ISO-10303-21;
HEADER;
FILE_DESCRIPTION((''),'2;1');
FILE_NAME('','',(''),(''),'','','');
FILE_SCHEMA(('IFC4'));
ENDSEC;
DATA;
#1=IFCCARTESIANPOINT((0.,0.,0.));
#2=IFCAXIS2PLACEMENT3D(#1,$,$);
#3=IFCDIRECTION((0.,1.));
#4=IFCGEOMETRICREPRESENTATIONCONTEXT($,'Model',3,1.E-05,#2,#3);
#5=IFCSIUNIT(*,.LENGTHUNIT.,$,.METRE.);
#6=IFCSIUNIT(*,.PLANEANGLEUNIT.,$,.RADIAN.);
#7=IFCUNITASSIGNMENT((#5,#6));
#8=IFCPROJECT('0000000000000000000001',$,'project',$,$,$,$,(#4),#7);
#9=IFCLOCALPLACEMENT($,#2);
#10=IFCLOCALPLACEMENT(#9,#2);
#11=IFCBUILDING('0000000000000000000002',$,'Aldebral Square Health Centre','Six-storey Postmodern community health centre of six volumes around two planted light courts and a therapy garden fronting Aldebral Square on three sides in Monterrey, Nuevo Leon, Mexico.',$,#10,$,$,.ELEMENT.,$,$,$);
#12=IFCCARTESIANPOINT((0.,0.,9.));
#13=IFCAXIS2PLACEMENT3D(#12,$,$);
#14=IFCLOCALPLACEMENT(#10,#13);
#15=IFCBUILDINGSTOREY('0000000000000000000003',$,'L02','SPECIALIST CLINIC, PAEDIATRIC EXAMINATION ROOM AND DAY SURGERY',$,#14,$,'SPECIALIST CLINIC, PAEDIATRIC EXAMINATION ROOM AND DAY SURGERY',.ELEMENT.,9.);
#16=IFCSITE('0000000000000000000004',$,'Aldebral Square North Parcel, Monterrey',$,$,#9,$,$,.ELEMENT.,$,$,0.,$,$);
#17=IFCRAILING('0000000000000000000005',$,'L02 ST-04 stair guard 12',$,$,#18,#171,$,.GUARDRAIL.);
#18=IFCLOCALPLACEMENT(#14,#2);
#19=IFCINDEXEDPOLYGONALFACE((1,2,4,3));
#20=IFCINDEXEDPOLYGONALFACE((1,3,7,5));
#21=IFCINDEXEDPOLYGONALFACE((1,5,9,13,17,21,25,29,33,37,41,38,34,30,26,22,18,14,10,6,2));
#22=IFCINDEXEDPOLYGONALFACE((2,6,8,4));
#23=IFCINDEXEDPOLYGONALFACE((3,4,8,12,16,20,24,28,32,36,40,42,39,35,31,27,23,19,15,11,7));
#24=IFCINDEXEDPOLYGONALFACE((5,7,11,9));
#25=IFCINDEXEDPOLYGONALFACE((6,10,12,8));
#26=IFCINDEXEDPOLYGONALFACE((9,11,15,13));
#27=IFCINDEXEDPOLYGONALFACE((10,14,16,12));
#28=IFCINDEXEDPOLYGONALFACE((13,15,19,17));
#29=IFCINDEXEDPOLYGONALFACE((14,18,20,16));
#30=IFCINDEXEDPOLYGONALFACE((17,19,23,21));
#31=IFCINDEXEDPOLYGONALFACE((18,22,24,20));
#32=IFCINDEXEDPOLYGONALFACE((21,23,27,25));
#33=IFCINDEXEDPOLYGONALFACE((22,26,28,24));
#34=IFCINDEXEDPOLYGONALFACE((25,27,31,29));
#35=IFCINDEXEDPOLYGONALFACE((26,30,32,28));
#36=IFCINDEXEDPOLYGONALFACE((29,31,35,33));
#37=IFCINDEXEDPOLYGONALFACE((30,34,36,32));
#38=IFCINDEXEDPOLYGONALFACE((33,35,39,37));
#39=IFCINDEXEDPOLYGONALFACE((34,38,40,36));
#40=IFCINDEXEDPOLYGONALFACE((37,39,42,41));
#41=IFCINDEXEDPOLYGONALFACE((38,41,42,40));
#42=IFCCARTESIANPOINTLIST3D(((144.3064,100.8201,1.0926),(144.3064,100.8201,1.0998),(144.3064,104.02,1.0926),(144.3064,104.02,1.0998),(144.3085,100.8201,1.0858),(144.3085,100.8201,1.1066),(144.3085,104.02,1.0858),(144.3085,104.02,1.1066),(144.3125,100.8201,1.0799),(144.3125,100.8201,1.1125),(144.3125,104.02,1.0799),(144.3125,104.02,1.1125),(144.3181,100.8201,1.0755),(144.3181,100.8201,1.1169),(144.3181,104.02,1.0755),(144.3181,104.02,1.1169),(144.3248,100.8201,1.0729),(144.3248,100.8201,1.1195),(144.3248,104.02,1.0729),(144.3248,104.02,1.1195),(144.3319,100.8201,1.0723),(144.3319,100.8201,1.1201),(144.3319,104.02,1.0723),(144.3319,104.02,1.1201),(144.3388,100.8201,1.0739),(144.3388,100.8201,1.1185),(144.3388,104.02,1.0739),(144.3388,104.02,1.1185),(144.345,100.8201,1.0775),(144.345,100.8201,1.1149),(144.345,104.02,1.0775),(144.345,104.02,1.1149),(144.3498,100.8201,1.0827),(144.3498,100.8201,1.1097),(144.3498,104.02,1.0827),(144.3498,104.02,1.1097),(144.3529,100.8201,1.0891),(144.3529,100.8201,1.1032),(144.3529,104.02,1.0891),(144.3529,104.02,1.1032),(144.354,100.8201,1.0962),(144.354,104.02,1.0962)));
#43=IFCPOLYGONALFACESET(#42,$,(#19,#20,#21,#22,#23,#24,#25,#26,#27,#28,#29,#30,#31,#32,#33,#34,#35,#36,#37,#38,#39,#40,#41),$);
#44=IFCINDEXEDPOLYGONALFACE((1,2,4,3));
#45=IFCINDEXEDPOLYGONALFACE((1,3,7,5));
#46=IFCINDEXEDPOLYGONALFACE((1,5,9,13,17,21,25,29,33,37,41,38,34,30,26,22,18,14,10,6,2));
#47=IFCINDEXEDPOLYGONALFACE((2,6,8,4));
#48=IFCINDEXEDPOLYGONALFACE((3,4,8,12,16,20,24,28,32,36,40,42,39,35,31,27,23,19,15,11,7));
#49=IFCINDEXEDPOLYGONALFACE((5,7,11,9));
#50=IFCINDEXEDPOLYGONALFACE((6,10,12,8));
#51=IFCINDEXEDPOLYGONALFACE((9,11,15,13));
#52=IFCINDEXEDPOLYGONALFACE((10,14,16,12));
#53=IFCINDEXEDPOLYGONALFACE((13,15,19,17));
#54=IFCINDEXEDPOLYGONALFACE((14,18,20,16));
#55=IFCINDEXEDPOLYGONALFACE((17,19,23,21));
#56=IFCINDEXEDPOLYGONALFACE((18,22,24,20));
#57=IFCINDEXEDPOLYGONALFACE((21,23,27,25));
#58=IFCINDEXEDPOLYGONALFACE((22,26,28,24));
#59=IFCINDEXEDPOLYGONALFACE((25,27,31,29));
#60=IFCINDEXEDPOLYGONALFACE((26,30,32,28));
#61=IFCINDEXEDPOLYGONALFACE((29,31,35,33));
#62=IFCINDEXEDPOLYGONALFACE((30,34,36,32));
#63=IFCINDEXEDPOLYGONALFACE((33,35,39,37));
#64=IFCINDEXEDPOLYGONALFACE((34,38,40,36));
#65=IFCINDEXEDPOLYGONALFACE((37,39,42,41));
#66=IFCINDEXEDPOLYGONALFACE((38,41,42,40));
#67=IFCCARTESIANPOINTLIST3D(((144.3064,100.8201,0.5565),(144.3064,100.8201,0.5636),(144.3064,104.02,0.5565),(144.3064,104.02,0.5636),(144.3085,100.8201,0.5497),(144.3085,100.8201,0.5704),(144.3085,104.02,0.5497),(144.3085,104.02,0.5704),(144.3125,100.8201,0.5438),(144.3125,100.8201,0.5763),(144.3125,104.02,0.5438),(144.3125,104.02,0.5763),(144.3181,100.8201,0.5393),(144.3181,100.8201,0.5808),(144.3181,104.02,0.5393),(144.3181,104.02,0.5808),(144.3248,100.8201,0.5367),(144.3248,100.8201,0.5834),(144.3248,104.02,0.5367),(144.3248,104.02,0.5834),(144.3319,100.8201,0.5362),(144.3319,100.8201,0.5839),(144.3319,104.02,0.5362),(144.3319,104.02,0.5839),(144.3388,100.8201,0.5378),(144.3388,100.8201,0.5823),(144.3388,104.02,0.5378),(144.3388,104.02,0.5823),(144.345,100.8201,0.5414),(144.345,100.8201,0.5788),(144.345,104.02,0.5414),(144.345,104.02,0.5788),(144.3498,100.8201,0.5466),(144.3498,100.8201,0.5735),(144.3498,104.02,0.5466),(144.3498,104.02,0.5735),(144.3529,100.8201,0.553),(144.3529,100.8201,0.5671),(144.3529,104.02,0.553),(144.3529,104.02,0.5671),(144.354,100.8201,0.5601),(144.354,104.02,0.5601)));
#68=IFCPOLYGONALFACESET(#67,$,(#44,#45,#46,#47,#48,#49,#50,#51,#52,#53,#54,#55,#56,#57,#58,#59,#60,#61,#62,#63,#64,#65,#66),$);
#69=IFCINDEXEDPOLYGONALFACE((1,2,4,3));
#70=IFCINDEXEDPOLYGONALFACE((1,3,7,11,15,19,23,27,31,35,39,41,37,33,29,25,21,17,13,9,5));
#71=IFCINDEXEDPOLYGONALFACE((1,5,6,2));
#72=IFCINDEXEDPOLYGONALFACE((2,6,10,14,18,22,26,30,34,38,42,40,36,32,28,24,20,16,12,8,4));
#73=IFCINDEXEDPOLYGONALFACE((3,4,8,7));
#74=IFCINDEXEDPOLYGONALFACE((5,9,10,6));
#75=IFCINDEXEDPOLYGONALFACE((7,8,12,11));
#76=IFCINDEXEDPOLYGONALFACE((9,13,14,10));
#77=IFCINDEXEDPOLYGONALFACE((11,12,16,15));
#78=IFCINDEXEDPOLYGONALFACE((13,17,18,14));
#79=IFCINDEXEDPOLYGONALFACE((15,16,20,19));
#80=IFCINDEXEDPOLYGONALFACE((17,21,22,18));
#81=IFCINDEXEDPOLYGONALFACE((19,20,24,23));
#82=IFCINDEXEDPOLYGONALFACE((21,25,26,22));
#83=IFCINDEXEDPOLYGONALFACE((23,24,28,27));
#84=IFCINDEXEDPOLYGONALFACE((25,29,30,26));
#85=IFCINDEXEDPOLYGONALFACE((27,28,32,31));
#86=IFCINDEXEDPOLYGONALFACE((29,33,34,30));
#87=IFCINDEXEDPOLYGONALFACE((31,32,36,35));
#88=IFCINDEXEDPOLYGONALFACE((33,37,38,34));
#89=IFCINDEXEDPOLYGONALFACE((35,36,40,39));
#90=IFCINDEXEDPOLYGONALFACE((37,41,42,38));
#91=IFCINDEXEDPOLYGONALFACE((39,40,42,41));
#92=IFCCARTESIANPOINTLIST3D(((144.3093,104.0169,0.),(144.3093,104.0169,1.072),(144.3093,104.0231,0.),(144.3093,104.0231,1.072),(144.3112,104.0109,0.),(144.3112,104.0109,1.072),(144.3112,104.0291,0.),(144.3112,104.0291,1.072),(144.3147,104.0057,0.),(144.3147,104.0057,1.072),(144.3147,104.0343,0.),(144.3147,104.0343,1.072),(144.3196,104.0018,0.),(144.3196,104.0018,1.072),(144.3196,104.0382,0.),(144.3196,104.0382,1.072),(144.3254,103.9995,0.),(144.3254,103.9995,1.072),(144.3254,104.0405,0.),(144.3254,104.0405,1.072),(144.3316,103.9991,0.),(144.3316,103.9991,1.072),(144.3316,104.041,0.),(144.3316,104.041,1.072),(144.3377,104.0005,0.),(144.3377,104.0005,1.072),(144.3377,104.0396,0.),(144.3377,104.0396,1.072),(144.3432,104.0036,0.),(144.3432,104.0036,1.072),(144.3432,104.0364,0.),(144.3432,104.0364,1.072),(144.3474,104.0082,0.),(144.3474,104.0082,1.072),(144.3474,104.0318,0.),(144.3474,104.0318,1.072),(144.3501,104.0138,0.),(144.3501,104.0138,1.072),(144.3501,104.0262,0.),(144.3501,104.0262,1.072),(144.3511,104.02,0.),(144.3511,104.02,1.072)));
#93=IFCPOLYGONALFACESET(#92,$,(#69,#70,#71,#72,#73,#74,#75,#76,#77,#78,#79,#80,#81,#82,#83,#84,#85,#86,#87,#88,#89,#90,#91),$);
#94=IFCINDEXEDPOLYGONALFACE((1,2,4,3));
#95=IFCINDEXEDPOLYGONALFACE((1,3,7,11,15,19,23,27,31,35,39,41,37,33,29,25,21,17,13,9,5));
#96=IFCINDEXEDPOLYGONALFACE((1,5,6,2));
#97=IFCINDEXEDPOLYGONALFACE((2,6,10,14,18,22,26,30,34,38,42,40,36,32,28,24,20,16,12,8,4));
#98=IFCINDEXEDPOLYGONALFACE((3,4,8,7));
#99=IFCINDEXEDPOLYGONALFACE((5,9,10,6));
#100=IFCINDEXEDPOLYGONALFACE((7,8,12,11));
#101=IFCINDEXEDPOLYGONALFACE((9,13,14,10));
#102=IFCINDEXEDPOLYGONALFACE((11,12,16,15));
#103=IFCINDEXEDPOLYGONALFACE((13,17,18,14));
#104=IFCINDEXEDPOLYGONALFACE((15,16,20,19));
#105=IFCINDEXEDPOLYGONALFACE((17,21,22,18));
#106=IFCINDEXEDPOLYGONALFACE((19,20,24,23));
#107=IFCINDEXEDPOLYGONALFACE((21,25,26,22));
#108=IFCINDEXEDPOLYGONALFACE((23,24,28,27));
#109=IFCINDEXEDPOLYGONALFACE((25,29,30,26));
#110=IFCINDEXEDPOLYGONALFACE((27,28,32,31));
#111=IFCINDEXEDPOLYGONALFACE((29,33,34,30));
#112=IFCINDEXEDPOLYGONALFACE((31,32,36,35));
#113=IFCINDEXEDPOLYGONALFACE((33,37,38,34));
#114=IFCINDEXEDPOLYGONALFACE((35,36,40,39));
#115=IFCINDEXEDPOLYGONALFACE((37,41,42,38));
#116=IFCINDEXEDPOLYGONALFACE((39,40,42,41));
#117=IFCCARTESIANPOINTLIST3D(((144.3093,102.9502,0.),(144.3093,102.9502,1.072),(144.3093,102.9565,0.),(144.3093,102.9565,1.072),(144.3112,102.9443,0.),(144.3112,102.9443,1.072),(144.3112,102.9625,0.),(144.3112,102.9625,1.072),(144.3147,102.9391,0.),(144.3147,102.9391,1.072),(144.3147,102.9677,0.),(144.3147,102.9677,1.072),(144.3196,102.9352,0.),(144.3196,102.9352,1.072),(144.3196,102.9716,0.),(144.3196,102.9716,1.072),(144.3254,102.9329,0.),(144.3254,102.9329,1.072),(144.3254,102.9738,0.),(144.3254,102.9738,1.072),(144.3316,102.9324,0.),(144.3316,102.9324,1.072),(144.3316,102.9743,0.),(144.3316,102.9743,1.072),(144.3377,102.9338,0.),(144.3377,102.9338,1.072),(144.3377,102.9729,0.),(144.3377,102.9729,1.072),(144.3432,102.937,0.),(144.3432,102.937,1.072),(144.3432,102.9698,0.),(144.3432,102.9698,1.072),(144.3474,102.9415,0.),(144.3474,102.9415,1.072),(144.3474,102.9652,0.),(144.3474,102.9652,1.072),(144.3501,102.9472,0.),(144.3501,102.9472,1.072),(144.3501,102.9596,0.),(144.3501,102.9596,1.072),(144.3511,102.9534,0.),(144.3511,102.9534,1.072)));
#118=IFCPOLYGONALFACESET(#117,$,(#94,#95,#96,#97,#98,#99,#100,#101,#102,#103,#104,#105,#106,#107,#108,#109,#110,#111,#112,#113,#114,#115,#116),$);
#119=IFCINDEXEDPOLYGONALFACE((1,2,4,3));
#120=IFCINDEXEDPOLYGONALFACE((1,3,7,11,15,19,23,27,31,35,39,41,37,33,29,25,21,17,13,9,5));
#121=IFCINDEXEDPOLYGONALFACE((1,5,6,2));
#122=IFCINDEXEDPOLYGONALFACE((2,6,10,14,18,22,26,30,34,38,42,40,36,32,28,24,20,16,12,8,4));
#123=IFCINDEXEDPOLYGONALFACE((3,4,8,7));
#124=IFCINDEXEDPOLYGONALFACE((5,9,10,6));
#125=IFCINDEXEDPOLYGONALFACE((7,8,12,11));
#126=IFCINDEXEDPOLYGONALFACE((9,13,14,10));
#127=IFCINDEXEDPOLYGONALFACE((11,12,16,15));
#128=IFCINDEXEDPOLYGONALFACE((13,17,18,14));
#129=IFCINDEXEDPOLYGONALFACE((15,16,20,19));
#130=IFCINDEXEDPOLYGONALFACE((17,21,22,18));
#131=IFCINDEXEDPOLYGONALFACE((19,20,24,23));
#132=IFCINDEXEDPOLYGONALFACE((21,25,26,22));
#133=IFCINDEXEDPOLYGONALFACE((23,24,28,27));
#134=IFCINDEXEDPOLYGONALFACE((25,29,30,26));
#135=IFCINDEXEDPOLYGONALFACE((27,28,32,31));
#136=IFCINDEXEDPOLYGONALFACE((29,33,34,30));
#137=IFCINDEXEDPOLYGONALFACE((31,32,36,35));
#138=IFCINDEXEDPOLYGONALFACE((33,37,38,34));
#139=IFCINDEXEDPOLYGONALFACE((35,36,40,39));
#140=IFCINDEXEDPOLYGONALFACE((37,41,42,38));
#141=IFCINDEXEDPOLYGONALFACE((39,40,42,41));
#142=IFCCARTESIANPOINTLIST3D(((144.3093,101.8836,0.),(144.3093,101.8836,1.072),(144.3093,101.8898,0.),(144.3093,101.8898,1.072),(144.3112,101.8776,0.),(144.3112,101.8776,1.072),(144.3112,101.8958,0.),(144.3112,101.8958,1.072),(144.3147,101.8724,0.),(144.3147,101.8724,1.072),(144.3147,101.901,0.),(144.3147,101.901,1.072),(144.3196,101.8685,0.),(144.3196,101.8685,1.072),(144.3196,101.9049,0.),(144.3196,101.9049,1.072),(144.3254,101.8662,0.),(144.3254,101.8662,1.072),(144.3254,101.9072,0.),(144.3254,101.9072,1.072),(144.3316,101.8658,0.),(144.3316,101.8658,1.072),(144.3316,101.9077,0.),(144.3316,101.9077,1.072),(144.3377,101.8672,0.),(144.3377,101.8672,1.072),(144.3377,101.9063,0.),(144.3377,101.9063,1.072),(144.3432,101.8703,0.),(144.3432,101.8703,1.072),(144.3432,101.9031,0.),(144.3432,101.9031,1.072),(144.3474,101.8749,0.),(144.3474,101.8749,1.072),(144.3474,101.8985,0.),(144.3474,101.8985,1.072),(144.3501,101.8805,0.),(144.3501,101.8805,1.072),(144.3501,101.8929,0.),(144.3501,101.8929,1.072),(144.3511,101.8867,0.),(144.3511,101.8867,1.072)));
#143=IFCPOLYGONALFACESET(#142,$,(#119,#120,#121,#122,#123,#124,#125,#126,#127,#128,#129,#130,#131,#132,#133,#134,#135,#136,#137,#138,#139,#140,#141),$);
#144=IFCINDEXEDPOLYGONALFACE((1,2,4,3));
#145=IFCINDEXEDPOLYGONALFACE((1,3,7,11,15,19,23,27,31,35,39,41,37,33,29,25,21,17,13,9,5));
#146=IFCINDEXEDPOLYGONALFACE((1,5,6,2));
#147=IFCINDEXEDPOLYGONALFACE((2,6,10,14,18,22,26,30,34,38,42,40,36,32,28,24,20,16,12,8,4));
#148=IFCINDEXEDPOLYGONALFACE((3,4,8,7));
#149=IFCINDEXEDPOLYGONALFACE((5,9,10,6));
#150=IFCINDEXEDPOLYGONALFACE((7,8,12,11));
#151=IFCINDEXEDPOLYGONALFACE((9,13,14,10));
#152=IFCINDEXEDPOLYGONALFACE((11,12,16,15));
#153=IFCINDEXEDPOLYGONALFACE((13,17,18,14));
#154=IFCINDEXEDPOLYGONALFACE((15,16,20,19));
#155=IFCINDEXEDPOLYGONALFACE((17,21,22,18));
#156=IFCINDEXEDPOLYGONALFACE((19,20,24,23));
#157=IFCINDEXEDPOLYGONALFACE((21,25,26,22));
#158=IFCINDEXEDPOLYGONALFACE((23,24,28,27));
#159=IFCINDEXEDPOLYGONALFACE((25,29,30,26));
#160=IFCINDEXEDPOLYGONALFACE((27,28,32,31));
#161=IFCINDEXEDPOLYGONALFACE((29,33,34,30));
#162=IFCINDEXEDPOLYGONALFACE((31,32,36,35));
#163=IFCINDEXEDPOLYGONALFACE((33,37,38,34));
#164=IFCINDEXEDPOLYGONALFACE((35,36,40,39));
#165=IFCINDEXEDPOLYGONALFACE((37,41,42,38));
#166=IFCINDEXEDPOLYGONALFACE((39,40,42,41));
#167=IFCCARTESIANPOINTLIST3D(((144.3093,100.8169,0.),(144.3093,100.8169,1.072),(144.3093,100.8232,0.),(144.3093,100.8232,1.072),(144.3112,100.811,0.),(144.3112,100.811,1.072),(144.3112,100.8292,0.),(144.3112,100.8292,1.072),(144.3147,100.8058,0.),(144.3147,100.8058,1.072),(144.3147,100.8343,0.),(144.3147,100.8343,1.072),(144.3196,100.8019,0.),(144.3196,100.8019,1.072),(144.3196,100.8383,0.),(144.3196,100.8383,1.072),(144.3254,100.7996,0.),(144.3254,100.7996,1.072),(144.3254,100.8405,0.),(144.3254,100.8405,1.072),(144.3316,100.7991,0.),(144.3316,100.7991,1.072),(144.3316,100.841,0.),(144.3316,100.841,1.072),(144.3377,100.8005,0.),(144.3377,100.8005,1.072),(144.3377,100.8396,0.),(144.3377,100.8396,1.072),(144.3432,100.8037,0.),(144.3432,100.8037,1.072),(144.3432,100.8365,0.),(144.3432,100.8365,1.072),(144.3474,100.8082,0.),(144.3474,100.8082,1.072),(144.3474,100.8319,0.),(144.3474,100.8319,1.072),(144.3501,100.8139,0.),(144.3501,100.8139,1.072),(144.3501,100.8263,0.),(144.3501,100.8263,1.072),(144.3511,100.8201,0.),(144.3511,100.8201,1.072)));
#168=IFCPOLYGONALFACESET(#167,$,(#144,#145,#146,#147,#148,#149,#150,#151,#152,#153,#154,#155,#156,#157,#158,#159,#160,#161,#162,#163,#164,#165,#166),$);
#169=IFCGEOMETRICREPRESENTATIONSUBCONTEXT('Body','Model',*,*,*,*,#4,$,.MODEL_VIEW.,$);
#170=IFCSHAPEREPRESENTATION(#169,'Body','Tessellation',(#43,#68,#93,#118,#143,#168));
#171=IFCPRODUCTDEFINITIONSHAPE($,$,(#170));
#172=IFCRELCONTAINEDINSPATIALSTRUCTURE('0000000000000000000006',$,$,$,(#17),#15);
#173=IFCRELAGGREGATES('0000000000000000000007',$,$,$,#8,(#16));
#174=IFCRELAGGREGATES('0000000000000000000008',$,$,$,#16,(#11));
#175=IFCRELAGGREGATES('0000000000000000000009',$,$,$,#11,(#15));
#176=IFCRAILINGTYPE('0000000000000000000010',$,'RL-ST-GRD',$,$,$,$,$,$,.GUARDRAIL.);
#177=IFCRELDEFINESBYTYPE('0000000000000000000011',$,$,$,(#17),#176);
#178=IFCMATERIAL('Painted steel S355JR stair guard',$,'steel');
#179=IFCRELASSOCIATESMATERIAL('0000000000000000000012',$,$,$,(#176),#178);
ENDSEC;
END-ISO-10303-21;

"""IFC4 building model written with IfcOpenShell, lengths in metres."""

from ifc_helpers import new_model, si_unit, direction, frame, origin, origin_2d, place, context, subcontext, project, spatial, circle, extrude, material, type_object, element, save


model = new_model("IFC4")

# Units and contexts
model_context = context("Model", 3, precision=1e-05, world=origin(), true_north=direction((0.0, 1.0)))
body_context = subcontext(model_context, "Body", "Model", "MODEL_VIEW")
ifc_project = project(units=[si_unit("LENGTHUNIT", "METRE"), si_unit("PLANEANGLEUNIT", "RADIAN")], contexts=[model_context])

# Site, building, storey
site_placement = place(None, origin())
site = spatial("IfcSite", under=ifc_project, at=site_placement, Name="Aldebral Square North Parcel, Monterrey", CompositionType="ELEMENT", RefElevation=0.0)
building_placement = place(site_placement, origin())
building = spatial("IfcBuilding", under=site, at=building_placement, Name="Aldebral Square Health Centre", Description="Six-storey Postmodern community health centre of six volumes around two planted light courts and a therapy garden fronting Aldebral Square on three sides in Monterrey, Nuevo Leon, Mexico.", CompositionType="ELEMENT")
storey_placement = place(building_placement, frame((0.0, 0.0, 9.0)))
storey = spatial("IfcBuildingStorey", under=building, at=storey_placement, Name="L02", Description="SPECIALIST CLINIC, PAEDIATRIC EXAMINATION ROOM AND DAY SURGERY", LongName="SPECIALIST CLINIC, PAEDIATRIC EXAMINATION ROOM AND DAY SURGERY", CompositionType="ELEMENT", Elevation=9.0)

# Railing
ifc_material_1 = material(Name="Painted steel S355JR stair guard", Category="steel")
railing_type = type_object("IfcRailingType", Name="RL-ST-GRD", PredefinedType="GUARDRAIL", material=ifc_material_1)
railing_1_placement = place(storey_placement, frame((144.3301, 104.02, 0.0)))
element("IfcRailing", 1, at=railing_1_placement, inside=storey, type_object=railing_type, Name="L02 ST-04 stair guard 12", PredefinedType="GUARDRAIL", context=body_context, shape_type="SweptSolid", body=[
    extrude(circle(Radius=0.0239, at=origin_2d()), frame((0.0, 0.0, 1.0962), z_axis=(0.0, -1.0, 0.0), x_axis=(1.0, 0.0, 0.0)), (0.0, 0.0, 1.0), 3.2),
    extrude(circle(Radius=0.0239, at=origin_2d()), frame((0.0, 0.0, 0.5601), z_axis=(0.0, -1.0, 0.0), x_axis=(1.0, 0.0, 0.0)), (0.0, 0.0, 1.0), 3.2),
    extrude(circle(Radius=0.021, at=origin_2d()), origin(), (0.0, 0.0, 1.0), 1.072),
    extrude(circle(Radius=0.021, at=origin_2d()), frame((0.0, -1.0667, 0.0)), (0.0, 0.0, 1.0), 1.072),
    extrude(circle(Radius=0.021, at=origin_2d()), frame((0.0, -2.1333, 0.0)), (0.0, 0.0, 1.0), 1.072),
    extrude(circle(Radius=0.021, at=origin_2d()), frame((0.0, -3.2, 0.0)), (0.0, 0.0, 1.0), 1.072),
])

save(model, "model.ifc")
